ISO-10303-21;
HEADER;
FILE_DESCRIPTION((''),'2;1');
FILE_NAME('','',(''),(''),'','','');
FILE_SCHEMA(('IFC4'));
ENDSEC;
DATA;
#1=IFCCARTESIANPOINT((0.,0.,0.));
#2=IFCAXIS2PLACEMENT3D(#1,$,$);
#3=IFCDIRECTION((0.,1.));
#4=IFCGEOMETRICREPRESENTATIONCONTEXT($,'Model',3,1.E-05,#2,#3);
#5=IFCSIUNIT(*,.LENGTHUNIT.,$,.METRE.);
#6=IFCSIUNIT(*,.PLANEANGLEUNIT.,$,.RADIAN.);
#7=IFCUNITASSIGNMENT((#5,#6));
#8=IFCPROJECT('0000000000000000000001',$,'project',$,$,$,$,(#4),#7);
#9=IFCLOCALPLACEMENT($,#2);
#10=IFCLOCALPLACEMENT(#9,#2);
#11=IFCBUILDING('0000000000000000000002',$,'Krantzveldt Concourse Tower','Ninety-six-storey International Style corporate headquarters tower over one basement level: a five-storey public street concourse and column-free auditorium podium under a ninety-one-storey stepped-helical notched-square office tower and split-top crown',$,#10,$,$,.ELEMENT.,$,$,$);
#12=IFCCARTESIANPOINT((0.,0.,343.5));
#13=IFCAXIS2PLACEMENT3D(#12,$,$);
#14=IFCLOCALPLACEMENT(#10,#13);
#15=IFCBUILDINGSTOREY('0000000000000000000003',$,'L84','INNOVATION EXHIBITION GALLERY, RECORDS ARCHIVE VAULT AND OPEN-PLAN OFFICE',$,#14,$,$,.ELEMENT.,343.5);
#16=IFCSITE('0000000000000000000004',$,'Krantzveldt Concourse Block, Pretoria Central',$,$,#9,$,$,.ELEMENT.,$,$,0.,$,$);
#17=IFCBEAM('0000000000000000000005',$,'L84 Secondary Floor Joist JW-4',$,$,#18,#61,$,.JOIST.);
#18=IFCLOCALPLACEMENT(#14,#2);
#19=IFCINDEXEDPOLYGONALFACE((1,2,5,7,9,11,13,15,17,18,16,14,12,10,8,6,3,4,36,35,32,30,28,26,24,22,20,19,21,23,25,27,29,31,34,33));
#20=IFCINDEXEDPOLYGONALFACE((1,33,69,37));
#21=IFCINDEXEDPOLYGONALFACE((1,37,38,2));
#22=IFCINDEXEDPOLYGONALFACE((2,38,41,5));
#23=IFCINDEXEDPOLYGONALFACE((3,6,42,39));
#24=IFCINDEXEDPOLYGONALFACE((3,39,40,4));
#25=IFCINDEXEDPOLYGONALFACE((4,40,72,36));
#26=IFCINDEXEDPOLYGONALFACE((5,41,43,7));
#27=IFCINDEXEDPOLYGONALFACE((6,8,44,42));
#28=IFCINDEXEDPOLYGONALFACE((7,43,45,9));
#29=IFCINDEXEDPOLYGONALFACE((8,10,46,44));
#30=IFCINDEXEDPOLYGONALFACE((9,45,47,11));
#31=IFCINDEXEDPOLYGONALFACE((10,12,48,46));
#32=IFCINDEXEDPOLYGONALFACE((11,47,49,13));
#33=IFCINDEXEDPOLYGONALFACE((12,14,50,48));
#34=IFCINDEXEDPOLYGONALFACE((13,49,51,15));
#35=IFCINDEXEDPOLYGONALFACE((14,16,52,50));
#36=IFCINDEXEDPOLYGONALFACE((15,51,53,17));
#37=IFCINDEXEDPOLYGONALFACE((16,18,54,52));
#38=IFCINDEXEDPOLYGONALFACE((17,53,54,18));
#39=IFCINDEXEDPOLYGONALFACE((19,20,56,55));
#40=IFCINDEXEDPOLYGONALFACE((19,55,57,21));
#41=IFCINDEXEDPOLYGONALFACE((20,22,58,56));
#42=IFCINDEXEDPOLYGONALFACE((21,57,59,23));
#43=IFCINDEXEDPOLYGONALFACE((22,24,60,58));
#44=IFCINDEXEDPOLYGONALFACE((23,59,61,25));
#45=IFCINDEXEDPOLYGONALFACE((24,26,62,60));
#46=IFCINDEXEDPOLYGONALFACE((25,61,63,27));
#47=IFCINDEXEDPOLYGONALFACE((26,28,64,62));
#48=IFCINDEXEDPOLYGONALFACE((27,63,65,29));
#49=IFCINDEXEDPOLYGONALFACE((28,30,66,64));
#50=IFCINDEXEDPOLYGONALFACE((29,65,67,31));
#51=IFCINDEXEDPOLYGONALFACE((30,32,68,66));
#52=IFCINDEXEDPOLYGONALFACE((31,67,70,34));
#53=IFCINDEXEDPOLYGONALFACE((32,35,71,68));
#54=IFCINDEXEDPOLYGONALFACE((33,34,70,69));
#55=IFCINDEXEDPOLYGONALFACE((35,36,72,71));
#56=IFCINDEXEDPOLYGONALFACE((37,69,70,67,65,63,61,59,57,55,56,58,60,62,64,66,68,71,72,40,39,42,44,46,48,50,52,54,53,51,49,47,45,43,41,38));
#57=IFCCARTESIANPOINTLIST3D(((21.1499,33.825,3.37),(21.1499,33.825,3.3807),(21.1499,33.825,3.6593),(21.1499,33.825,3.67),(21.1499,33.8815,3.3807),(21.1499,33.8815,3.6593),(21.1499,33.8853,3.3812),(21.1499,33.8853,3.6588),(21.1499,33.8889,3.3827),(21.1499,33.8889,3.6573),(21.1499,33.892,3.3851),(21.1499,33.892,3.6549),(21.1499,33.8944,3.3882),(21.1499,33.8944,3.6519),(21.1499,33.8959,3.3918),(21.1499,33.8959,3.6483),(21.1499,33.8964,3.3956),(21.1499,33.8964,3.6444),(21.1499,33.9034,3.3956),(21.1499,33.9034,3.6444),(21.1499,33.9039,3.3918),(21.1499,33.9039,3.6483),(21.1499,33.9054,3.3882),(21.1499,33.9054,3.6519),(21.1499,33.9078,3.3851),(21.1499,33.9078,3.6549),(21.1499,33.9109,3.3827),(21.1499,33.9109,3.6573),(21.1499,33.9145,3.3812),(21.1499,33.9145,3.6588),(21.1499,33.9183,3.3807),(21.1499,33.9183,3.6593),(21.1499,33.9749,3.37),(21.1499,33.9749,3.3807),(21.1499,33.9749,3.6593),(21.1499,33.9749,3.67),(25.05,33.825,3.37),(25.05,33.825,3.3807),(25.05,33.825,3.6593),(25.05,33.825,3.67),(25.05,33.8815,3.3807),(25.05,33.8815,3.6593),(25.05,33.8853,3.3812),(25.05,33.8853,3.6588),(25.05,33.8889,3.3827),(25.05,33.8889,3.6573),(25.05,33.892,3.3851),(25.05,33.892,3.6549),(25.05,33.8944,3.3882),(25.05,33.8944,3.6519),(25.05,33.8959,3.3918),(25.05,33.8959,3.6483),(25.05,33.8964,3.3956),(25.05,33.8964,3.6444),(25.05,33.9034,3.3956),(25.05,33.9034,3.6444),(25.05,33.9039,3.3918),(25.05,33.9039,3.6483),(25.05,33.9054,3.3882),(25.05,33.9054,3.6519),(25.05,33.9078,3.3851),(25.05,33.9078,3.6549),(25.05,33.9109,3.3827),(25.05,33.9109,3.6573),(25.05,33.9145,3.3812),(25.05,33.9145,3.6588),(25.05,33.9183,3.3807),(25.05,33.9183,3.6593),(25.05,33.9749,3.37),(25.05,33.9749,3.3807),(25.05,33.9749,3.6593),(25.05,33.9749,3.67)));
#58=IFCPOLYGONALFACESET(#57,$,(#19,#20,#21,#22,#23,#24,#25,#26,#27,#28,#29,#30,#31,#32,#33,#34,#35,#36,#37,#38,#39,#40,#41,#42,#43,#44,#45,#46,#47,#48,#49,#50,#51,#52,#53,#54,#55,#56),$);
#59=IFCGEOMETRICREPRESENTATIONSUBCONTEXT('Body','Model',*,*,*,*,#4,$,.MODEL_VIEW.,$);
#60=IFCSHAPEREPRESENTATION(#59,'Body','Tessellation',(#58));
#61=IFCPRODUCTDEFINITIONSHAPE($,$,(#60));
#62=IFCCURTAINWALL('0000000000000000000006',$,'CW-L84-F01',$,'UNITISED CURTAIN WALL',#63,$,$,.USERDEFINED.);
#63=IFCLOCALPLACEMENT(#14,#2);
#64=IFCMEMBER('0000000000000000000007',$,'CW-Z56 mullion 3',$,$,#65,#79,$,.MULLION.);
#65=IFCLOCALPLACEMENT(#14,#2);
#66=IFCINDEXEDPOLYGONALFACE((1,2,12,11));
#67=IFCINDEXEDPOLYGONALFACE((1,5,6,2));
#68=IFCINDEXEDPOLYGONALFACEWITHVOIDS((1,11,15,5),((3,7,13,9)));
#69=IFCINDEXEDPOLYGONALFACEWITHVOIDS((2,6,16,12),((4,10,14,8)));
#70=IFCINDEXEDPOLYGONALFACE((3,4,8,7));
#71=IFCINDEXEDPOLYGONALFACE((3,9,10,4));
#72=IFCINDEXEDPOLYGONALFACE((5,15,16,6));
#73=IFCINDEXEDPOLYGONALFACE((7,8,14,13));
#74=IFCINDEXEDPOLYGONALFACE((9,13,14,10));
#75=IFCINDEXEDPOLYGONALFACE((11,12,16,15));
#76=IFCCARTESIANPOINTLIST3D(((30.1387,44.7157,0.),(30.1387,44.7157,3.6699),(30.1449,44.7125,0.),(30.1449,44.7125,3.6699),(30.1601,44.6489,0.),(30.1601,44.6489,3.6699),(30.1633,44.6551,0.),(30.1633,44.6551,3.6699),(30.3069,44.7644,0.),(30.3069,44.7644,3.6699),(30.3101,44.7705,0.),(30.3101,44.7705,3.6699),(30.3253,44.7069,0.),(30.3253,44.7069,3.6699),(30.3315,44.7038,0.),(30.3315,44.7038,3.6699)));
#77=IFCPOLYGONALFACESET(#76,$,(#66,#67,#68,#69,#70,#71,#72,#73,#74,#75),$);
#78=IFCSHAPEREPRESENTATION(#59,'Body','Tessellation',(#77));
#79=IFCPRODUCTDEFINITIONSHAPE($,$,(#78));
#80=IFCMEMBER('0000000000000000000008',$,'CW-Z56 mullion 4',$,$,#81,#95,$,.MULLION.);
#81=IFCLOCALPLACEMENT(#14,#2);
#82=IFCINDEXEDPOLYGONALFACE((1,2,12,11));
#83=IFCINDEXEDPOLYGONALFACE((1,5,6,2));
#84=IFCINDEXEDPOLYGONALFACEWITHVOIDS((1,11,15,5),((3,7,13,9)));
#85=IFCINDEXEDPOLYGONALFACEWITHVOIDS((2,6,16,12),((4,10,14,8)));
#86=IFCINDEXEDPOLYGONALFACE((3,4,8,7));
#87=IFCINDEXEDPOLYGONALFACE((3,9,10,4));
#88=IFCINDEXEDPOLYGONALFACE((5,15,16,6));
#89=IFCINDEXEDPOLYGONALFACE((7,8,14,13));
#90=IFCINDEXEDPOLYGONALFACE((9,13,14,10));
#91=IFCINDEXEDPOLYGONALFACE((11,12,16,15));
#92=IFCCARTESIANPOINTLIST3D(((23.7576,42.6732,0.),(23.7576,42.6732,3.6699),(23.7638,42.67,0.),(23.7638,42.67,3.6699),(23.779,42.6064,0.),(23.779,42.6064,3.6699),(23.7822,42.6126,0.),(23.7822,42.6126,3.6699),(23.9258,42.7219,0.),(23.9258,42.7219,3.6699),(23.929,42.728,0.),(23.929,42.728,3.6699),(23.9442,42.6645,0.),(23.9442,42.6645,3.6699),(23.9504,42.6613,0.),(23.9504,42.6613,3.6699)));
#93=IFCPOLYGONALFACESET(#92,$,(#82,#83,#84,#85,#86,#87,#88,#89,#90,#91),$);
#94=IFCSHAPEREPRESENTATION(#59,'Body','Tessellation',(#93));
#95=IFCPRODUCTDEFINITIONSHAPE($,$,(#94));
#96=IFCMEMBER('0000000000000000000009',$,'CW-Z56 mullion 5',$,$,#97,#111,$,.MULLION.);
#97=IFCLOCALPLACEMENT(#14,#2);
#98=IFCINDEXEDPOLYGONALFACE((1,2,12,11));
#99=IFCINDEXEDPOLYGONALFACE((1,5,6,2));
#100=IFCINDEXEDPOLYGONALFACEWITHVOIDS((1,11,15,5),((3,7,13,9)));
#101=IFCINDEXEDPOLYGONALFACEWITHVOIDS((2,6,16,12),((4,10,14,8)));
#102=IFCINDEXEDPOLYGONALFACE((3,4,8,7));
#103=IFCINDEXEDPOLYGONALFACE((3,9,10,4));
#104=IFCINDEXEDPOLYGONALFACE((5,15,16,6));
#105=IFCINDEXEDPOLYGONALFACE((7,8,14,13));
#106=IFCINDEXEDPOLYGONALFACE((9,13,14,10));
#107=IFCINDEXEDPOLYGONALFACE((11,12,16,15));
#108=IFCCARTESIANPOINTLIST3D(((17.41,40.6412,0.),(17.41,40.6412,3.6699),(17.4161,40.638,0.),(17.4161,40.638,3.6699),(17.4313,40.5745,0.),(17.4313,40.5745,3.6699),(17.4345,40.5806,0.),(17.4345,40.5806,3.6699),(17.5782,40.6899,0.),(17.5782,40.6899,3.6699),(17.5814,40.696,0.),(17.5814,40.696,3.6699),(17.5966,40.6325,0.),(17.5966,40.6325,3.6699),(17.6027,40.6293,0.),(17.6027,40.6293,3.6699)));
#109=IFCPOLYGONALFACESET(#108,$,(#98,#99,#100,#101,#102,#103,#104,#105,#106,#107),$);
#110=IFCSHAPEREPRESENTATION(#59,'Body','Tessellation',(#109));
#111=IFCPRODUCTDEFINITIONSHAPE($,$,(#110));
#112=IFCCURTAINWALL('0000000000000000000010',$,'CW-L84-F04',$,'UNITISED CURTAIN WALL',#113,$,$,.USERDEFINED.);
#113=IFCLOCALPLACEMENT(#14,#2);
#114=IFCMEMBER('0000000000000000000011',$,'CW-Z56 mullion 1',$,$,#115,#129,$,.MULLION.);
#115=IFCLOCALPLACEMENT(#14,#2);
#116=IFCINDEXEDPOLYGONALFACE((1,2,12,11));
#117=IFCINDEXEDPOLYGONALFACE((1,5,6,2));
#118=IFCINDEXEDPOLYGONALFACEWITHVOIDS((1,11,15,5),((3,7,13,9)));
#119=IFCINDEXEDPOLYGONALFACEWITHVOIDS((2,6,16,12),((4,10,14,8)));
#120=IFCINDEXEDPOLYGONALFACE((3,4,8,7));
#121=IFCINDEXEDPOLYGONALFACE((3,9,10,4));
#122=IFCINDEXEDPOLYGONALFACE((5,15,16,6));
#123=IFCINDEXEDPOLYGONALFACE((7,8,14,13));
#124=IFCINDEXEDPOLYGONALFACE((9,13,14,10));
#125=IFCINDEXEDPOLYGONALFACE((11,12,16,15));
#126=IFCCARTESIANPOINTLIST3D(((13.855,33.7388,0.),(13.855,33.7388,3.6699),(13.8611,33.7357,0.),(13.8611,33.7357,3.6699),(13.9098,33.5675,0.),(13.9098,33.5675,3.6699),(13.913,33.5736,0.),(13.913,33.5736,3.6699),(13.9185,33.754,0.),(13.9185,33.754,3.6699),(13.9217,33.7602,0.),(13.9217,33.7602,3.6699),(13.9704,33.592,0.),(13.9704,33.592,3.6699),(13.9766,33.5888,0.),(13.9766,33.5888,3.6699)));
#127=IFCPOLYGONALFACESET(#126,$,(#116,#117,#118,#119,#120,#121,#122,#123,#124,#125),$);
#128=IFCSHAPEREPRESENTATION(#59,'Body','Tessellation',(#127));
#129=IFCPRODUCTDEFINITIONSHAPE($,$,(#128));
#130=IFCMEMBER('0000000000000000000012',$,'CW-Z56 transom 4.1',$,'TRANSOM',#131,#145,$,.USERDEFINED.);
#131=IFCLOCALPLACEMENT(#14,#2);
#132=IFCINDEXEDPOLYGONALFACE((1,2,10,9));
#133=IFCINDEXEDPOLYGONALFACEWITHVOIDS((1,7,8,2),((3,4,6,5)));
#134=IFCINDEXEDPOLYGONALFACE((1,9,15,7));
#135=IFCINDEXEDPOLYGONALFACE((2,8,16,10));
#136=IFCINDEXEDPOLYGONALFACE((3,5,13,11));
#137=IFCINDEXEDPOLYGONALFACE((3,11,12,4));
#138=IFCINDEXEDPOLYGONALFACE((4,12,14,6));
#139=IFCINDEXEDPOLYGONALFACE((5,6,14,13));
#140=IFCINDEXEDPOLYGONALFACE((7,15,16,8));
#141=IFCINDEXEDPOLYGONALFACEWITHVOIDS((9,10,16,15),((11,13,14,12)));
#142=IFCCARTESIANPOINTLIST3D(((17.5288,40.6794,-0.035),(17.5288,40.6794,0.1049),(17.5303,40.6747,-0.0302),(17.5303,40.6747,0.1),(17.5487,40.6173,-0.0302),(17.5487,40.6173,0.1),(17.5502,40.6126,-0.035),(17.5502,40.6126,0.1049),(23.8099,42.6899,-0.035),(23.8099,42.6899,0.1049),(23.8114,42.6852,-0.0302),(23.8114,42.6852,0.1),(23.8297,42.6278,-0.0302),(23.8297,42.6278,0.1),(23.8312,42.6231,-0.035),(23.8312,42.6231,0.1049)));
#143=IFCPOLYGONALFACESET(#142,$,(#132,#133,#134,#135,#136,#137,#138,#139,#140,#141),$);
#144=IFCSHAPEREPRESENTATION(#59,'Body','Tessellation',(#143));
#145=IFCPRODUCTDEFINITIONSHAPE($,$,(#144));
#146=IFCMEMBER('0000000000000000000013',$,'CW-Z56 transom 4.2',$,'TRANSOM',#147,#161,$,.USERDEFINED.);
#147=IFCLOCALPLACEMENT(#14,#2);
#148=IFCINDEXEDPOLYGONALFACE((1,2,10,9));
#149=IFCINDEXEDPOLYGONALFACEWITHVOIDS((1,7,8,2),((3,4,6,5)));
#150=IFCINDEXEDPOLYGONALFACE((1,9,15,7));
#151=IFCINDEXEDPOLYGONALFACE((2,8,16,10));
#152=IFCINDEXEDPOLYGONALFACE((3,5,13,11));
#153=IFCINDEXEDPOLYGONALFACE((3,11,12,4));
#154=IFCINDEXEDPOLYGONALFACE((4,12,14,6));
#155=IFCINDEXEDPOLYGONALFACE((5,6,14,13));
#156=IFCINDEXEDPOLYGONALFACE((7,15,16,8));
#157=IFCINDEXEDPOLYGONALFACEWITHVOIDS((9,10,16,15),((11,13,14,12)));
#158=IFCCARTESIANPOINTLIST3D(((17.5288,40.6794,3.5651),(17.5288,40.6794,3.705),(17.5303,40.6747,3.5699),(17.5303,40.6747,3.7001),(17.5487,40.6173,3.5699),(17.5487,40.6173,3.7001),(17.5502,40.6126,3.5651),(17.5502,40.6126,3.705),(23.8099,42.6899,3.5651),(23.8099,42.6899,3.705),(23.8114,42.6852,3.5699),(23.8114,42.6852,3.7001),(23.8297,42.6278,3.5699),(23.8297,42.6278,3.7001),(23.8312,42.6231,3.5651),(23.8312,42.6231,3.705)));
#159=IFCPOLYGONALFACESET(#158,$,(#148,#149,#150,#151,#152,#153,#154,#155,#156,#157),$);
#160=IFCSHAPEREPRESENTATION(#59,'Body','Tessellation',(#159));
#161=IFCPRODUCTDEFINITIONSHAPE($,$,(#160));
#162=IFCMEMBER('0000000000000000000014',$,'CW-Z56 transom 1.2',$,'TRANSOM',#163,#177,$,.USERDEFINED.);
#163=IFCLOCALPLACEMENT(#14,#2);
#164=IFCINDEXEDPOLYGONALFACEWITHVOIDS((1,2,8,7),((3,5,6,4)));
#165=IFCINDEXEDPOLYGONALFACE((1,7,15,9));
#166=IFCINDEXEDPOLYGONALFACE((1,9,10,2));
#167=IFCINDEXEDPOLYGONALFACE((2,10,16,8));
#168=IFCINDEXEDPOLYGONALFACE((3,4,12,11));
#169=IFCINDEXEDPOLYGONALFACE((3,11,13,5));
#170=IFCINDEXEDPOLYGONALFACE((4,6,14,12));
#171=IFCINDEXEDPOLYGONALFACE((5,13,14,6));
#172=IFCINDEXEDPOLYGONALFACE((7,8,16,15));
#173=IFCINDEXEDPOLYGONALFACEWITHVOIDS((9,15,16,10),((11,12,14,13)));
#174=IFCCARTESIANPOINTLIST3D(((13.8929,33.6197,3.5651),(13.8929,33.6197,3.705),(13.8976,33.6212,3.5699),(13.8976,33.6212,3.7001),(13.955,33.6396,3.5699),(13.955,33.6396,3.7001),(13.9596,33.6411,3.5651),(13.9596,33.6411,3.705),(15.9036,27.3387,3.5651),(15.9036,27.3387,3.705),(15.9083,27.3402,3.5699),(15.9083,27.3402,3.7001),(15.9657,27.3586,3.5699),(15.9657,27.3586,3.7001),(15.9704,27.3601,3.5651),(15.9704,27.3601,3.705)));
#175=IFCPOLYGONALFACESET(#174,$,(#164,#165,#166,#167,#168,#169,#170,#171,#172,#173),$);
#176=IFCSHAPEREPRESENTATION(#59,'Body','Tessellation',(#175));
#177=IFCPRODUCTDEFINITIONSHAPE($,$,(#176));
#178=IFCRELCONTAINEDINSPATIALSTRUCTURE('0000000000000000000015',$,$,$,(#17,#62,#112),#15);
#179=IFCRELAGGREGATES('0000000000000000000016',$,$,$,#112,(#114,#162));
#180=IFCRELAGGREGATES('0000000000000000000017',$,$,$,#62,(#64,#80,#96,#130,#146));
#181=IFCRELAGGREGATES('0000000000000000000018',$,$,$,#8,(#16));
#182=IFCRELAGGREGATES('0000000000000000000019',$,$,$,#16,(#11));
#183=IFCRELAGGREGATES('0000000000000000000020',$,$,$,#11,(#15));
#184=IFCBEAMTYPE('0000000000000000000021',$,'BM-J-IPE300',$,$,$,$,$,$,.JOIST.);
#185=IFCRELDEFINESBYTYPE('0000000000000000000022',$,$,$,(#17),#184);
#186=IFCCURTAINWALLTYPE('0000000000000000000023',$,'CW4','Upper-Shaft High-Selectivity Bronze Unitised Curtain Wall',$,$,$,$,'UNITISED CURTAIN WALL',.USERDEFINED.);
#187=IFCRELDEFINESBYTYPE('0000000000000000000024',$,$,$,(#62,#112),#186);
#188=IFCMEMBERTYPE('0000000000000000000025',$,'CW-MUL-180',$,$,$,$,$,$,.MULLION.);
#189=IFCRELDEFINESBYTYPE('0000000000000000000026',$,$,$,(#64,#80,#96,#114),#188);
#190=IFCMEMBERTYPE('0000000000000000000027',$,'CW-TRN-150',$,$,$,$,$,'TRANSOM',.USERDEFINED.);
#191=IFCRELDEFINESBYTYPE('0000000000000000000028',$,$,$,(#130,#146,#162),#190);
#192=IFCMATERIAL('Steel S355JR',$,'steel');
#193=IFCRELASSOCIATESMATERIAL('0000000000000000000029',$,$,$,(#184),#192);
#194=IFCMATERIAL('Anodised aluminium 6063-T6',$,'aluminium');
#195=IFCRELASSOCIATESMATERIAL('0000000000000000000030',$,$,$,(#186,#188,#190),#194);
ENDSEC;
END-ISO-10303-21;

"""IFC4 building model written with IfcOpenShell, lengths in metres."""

from ifc_helpers import new_model, si_unit, direction, frame, origin, origin_2d, place, context, subcontext, project, spatial, hollow_rectangle, i_section, extrude, source, transform, mapped, material, material_profile, profile_set, type_object, type_shapes, element, aggregate, save


model = new_model("IFC4")

# Units and contexts
model_context = context("Model", 3, precision=1e-05, world=origin(), true_north=direction((0.0, 1.0)))
body_context = subcontext(model_context, "Body", "Model", "MODEL_VIEW")
ifc_project = project(units=[si_unit("LENGTHUNIT", "METRE"), si_unit("PLANEANGLEUNIT", "RADIAN")], contexts=[model_context])

# Site, building, storey
site_placement = place(None, origin())
site = spatial("IfcSite", under=ifc_project, at=site_placement, Name="Krantzveldt Concourse Block, Pretoria Central", CompositionType="ELEMENT", RefElevation=0.0)
building_placement = place(site_placement, origin())
building = spatial("IfcBuilding", under=site, at=building_placement, Name="Krantzveldt Concourse Tower", Description="Ninety-six-storey International Style corporate headquarters tower over one basement level: a five-storey public street concourse and column-free auditorium podium under a ninety-one-storey stepped-helical notched-square office tower and split-top crown", CompositionType="ELEMENT")
storey_placement = place(building_placement, frame((0.0, 0.0, 343.5)))
storey = spatial("IfcBuildingStorey", under=building, at=storey_placement, Name="L84", Description="INNOVATION EXHIBITION GALLERY, RECORDS ARCHIVE VAULT AND OPEN-PLAN OFFICE", CompositionType="ELEMENT", Elevation=343.5)

# Beam
ifc_material_1 = material(Name="Steel S355JR", Category="steel")
ifc_material_profile_1 = material_profile(ifc_material_1, i_section(OverallWidth=0.1499, OverallDepth=0.3, WebThickness=0.0071, FlangeThickness=0.0107, FilletRadius=0.0149, at=origin_2d()), Name="Steel S355JR", Category="steel")
ifc_profile_set_1 = profile_set([ifc_material_profile_1], Name="Steel S355JR - IPE 300")
beam_type_1 = type_object("IfcBeamType", Name="BM-J-IPE300", PredefinedType="JOIST", material=ifc_profile_set_1)
shared_shape_1 = source(origin(), body_context, "Body", "SweptSolid", [
    extrude(i_section(OverallWidth=0.1499, OverallDepth=0.3, WebThickness=0.0071, FlangeThickness=0.0107, FilletRadius=0.0149, at=origin_2d()), origin(), (0.0, 0.0, 1.0), 3.9001),
])
beam_1_placement = place(storey_placement, frame((21.1499, 33.8999, 3.52), z_axis=(1.0, 0.0, 0.0), x_axis=(0.0, 1.0, 0.0)))
element("IfcBeam", 1, at=beam_1_placement, inside=storey, type_object=beam_type_1, Name="L84 Secondary Floor Joist JW-4", PredefinedType="JOIST", context=body_context, shape_type="MappedRepresentation", body=[
    mapped(shared_shape_1, transform((0.0, 0.0, 0.0), x_axis=(1.0, 0.0, 0.0), y_axis=(0.0, 1.0, 0.0), z_axis=(0.0, 0.0, 1.0), scale=1.0)),
])

# Curtain wall, members
ifc_material_2 = material(Name="Anodised aluminium 6063-T6", Category="aluminium")
curtain_wall_type = type_object("IfcCurtainWallType", Name="CW4", Description="Upper-Shaft High-Selectivity Bronze Unitised Curtain Wall", ElementType="UNITISED CURTAIN WALL", PredefinedType="USERDEFINED", material=ifc_material_2)
curtain_wall_1_placement = place(storey_placement, origin())
curtain_wall_1 = element("IfcCurtainWall", 2, at=curtain_wall_1_placement, inside=storey, type_object=curtain_wall_type, Name="CW-L84-F01", ObjectType="UNITISED CURTAIN WALL", PredefinedType="USERDEFINED")
ifc_material_profile_2 = material_profile(ifc_material_2, hollow_rectangle(XDim=0.0701, YDim=0.1799, WallThickness=0.0049, at=origin_2d()), Name="Anodised aluminium 6063-T6", Category="aluminium")
ifc_profile_set_2 = profile_set([ifc_material_profile_2], Name="Anodised aluminium 6063-T6 - ALU-MULL 180x70x5")
member_type_1 = type_object("IfcMemberType", Name="CW-MUL-180", PredefinedType="MULLION", material=ifc_profile_set_2)
shared_shape_2 = source(origin(), body_context, "Body", "SweptSolid", [
    extrude(hollow_rectangle(XDim=0.0701, YDim=0.1799, WallThickness=0.0049, at=origin_2d()), origin(), (0.0, 0.0, 1.0), 3.6699),
])
type_shapes(member_type_1, [shared_shape_2])
member_1_placement = place(storey_placement, frame((30.2351, 44.7097, 0.0), z_axis=(0.0, 0.0, 1.0), x_axis=(0.304864, -0.952396, 0.0)))
member_1 = element("IfcMember", 3, at=member_1_placement, type_object=member_type_1, Name="CW-Z56 mullion 3", PredefinedType="MULLION", context=body_context, shape_type="MappedRepresentation", body=[
    mapped(shared_shape_2, transform((0.0, 0.0, 0.0), x_axis=(1.0, 0.0, 0.0), y_axis=(0.0, 1.0, 0.0), z_axis=(0.0, 0.0, 1.0), scale=1.0)),
])
member_2_placement = place(storey_placement, frame((23.854, 42.6672, 0.0), z_axis=(0.0, 0.0, 1.0), x_axis=(0.304864, -0.952396, 0.0)))
member_2 = element("IfcMember", 4, at=member_2_placement, type_object=member_type_1, Name="CW-Z56 mullion 4", PredefinedType="MULLION", context=body_context, shape_type="MappedRepresentation", body=[
    mapped(shared_shape_2, transform((0.0, 0.0, 0.0), x_axis=(1.0, 0.0, 0.0), y_axis=(0.0, 1.0, 0.0), z_axis=(0.0, 0.0, 1.0), scale=1.0)),
])
member_3_placement = place(storey_placement, frame((17.5063, 40.6353, 0.0), z_axis=(0.0, 0.0, 1.0), x_axis=(0.304864, -0.952396, 0.0)))
member_3 = element("IfcMember", 5, at=member_3_placement, type_object=member_type_1, Name="CW-Z56 mullion 5", PredefinedType="MULLION", context=body_context, shape_type="MappedRepresentation", body=[
    mapped(shared_shape_2, transform((0.0, 0.0, 0.0), x_axis=(1.0, 0.0, 0.0), y_axis=(0.0, 1.0, 0.0), z_axis=(0.0, 0.0, 1.0), scale=1.0)),
])

# Curtain wall, member
curtain_wall_2_placement = place(storey_placement, origin())
curtain_wall_2 = element("IfcCurtainWall", 6, at=curtain_wall_2_placement, inside=storey, type_object=curtain_wall_type, Name="CW-L84-F04", ObjectType="UNITISED CURTAIN WALL", PredefinedType="USERDEFINED")
member_4_placement = place(storey_placement, frame((13.9158, 33.6638, 0.0), z_axis=(0.0, 0.0, 1.0), x_axis=(0.952396, 0.304864, 0.0)))
member_4 = element("IfcMember", 7, at=member_4_placement, type_object=member_type_1, Name="CW-Z56 mullion 1", PredefinedType="MULLION", context=body_context, shape_type="MappedRepresentation", body=[
    mapped(shared_shape_2, transform((0.0, 0.0, 0.0), x_axis=(1.0, 0.0, 0.0), y_axis=(0.0, 1.0, 0.0), z_axis=(0.0, 0.0, 1.0), scale=1.0)),
])

# Members
ifc_material_profile_3 = material_profile(ifc_material_2, hollow_rectangle(XDim=0.0701, YDim=0.1399, WallThickness=0.0049, at=origin_2d()), Name="Anodised aluminium 6063-T6", Category="aluminium")
ifc_profile_set_3 = profile_set([ifc_material_profile_3], Name="Anodised aluminium 6063-T6 - ALU-TRAN 140x70x5")
member_type_2 = type_object("IfcMemberType", Name="CW-TRN-150", ElementType="TRANSOM", PredefinedType="USERDEFINED", material=ifc_profile_set_3)
shared_shape_3 = source(origin(), body_context, "Body", "SweptSolid", [
    extrude(hollow_rectangle(XDim=0.0701, YDim=0.1399, WallThickness=0.0049, at=origin_2d()), origin(), (0.0, 0.0, 1.0), 6.595),
])
member_5_placement = place(storey_placement, frame((23.8206, 42.6565, 0.0349), z_axis=(-0.952399, -0.304855, 0.0), x_axis=(0.304855, -0.952399, 0.0)))
member_5 = element("IfcMember", 8, at=member_5_placement, type_object=member_type_2, Name="CW-Z56 transom 4.1", ObjectType="TRANSOM", PredefinedType="USERDEFINED", context=body_context, shape_type="MappedRepresentation", body=[
    mapped(shared_shape_3, transform((0.0, 0.0, 0.0), x_axis=(1.0, 0.0, 0.0), y_axis=(0.0, 1.0, 0.0), z_axis=(0.0, 0.0, 1.0), scale=1.0)),
])
member_6_placement = place(storey_placement, frame((23.8206, 42.6565, 3.635), z_axis=(-0.952399, -0.304855, 0.0), x_axis=(0.304855, -0.952399, 0.0)))
member_6 = element("IfcMember", 9, at=member_6_placement, type_object=member_type_2, Name="CW-Z56 transom 4.2", ObjectType="TRANSOM", PredefinedType="USERDEFINED", context=body_context, shape_type="MappedRepresentation", body=[
    mapped(shared_shape_3, transform((0.0, 0.0, 0.0), x_axis=(1.0, 0.0, 0.0), y_axis=(0.0, 1.0, 0.0), z_axis=(0.0, 0.0, 1.0), scale=1.0)),
])
member_7_placement = place(storey_placement, frame((13.9263, 33.6304, 3.635), z_axis=(0.304889, -0.952388, 0.0), x_axis=(0.952388, 0.304889, 0.0)))
member_7 = element("IfcMember", 10, at=member_7_placement, type_object=member_type_2, Name="CW-Z56 transom 1.2", ObjectType="TRANSOM", PredefinedType="USERDEFINED", context=body_context, shape_type="MappedRepresentation", body=[
    mapped(shared_shape_3, transform((0.0, 0.0, 0.0), x_axis=(1.0, 0.0, 0.0), y_axis=(0.0, 1.0, 0.0), z_axis=(0.0, 0.0, 1.0), scale=1.0)),
])
aggregate(curtain_wall_2, [member_4, member_7])

aggregate(curtain_wall_1, [member_1, member_2, member_3, member_5, member_6])

save(model, "model.ifc")
